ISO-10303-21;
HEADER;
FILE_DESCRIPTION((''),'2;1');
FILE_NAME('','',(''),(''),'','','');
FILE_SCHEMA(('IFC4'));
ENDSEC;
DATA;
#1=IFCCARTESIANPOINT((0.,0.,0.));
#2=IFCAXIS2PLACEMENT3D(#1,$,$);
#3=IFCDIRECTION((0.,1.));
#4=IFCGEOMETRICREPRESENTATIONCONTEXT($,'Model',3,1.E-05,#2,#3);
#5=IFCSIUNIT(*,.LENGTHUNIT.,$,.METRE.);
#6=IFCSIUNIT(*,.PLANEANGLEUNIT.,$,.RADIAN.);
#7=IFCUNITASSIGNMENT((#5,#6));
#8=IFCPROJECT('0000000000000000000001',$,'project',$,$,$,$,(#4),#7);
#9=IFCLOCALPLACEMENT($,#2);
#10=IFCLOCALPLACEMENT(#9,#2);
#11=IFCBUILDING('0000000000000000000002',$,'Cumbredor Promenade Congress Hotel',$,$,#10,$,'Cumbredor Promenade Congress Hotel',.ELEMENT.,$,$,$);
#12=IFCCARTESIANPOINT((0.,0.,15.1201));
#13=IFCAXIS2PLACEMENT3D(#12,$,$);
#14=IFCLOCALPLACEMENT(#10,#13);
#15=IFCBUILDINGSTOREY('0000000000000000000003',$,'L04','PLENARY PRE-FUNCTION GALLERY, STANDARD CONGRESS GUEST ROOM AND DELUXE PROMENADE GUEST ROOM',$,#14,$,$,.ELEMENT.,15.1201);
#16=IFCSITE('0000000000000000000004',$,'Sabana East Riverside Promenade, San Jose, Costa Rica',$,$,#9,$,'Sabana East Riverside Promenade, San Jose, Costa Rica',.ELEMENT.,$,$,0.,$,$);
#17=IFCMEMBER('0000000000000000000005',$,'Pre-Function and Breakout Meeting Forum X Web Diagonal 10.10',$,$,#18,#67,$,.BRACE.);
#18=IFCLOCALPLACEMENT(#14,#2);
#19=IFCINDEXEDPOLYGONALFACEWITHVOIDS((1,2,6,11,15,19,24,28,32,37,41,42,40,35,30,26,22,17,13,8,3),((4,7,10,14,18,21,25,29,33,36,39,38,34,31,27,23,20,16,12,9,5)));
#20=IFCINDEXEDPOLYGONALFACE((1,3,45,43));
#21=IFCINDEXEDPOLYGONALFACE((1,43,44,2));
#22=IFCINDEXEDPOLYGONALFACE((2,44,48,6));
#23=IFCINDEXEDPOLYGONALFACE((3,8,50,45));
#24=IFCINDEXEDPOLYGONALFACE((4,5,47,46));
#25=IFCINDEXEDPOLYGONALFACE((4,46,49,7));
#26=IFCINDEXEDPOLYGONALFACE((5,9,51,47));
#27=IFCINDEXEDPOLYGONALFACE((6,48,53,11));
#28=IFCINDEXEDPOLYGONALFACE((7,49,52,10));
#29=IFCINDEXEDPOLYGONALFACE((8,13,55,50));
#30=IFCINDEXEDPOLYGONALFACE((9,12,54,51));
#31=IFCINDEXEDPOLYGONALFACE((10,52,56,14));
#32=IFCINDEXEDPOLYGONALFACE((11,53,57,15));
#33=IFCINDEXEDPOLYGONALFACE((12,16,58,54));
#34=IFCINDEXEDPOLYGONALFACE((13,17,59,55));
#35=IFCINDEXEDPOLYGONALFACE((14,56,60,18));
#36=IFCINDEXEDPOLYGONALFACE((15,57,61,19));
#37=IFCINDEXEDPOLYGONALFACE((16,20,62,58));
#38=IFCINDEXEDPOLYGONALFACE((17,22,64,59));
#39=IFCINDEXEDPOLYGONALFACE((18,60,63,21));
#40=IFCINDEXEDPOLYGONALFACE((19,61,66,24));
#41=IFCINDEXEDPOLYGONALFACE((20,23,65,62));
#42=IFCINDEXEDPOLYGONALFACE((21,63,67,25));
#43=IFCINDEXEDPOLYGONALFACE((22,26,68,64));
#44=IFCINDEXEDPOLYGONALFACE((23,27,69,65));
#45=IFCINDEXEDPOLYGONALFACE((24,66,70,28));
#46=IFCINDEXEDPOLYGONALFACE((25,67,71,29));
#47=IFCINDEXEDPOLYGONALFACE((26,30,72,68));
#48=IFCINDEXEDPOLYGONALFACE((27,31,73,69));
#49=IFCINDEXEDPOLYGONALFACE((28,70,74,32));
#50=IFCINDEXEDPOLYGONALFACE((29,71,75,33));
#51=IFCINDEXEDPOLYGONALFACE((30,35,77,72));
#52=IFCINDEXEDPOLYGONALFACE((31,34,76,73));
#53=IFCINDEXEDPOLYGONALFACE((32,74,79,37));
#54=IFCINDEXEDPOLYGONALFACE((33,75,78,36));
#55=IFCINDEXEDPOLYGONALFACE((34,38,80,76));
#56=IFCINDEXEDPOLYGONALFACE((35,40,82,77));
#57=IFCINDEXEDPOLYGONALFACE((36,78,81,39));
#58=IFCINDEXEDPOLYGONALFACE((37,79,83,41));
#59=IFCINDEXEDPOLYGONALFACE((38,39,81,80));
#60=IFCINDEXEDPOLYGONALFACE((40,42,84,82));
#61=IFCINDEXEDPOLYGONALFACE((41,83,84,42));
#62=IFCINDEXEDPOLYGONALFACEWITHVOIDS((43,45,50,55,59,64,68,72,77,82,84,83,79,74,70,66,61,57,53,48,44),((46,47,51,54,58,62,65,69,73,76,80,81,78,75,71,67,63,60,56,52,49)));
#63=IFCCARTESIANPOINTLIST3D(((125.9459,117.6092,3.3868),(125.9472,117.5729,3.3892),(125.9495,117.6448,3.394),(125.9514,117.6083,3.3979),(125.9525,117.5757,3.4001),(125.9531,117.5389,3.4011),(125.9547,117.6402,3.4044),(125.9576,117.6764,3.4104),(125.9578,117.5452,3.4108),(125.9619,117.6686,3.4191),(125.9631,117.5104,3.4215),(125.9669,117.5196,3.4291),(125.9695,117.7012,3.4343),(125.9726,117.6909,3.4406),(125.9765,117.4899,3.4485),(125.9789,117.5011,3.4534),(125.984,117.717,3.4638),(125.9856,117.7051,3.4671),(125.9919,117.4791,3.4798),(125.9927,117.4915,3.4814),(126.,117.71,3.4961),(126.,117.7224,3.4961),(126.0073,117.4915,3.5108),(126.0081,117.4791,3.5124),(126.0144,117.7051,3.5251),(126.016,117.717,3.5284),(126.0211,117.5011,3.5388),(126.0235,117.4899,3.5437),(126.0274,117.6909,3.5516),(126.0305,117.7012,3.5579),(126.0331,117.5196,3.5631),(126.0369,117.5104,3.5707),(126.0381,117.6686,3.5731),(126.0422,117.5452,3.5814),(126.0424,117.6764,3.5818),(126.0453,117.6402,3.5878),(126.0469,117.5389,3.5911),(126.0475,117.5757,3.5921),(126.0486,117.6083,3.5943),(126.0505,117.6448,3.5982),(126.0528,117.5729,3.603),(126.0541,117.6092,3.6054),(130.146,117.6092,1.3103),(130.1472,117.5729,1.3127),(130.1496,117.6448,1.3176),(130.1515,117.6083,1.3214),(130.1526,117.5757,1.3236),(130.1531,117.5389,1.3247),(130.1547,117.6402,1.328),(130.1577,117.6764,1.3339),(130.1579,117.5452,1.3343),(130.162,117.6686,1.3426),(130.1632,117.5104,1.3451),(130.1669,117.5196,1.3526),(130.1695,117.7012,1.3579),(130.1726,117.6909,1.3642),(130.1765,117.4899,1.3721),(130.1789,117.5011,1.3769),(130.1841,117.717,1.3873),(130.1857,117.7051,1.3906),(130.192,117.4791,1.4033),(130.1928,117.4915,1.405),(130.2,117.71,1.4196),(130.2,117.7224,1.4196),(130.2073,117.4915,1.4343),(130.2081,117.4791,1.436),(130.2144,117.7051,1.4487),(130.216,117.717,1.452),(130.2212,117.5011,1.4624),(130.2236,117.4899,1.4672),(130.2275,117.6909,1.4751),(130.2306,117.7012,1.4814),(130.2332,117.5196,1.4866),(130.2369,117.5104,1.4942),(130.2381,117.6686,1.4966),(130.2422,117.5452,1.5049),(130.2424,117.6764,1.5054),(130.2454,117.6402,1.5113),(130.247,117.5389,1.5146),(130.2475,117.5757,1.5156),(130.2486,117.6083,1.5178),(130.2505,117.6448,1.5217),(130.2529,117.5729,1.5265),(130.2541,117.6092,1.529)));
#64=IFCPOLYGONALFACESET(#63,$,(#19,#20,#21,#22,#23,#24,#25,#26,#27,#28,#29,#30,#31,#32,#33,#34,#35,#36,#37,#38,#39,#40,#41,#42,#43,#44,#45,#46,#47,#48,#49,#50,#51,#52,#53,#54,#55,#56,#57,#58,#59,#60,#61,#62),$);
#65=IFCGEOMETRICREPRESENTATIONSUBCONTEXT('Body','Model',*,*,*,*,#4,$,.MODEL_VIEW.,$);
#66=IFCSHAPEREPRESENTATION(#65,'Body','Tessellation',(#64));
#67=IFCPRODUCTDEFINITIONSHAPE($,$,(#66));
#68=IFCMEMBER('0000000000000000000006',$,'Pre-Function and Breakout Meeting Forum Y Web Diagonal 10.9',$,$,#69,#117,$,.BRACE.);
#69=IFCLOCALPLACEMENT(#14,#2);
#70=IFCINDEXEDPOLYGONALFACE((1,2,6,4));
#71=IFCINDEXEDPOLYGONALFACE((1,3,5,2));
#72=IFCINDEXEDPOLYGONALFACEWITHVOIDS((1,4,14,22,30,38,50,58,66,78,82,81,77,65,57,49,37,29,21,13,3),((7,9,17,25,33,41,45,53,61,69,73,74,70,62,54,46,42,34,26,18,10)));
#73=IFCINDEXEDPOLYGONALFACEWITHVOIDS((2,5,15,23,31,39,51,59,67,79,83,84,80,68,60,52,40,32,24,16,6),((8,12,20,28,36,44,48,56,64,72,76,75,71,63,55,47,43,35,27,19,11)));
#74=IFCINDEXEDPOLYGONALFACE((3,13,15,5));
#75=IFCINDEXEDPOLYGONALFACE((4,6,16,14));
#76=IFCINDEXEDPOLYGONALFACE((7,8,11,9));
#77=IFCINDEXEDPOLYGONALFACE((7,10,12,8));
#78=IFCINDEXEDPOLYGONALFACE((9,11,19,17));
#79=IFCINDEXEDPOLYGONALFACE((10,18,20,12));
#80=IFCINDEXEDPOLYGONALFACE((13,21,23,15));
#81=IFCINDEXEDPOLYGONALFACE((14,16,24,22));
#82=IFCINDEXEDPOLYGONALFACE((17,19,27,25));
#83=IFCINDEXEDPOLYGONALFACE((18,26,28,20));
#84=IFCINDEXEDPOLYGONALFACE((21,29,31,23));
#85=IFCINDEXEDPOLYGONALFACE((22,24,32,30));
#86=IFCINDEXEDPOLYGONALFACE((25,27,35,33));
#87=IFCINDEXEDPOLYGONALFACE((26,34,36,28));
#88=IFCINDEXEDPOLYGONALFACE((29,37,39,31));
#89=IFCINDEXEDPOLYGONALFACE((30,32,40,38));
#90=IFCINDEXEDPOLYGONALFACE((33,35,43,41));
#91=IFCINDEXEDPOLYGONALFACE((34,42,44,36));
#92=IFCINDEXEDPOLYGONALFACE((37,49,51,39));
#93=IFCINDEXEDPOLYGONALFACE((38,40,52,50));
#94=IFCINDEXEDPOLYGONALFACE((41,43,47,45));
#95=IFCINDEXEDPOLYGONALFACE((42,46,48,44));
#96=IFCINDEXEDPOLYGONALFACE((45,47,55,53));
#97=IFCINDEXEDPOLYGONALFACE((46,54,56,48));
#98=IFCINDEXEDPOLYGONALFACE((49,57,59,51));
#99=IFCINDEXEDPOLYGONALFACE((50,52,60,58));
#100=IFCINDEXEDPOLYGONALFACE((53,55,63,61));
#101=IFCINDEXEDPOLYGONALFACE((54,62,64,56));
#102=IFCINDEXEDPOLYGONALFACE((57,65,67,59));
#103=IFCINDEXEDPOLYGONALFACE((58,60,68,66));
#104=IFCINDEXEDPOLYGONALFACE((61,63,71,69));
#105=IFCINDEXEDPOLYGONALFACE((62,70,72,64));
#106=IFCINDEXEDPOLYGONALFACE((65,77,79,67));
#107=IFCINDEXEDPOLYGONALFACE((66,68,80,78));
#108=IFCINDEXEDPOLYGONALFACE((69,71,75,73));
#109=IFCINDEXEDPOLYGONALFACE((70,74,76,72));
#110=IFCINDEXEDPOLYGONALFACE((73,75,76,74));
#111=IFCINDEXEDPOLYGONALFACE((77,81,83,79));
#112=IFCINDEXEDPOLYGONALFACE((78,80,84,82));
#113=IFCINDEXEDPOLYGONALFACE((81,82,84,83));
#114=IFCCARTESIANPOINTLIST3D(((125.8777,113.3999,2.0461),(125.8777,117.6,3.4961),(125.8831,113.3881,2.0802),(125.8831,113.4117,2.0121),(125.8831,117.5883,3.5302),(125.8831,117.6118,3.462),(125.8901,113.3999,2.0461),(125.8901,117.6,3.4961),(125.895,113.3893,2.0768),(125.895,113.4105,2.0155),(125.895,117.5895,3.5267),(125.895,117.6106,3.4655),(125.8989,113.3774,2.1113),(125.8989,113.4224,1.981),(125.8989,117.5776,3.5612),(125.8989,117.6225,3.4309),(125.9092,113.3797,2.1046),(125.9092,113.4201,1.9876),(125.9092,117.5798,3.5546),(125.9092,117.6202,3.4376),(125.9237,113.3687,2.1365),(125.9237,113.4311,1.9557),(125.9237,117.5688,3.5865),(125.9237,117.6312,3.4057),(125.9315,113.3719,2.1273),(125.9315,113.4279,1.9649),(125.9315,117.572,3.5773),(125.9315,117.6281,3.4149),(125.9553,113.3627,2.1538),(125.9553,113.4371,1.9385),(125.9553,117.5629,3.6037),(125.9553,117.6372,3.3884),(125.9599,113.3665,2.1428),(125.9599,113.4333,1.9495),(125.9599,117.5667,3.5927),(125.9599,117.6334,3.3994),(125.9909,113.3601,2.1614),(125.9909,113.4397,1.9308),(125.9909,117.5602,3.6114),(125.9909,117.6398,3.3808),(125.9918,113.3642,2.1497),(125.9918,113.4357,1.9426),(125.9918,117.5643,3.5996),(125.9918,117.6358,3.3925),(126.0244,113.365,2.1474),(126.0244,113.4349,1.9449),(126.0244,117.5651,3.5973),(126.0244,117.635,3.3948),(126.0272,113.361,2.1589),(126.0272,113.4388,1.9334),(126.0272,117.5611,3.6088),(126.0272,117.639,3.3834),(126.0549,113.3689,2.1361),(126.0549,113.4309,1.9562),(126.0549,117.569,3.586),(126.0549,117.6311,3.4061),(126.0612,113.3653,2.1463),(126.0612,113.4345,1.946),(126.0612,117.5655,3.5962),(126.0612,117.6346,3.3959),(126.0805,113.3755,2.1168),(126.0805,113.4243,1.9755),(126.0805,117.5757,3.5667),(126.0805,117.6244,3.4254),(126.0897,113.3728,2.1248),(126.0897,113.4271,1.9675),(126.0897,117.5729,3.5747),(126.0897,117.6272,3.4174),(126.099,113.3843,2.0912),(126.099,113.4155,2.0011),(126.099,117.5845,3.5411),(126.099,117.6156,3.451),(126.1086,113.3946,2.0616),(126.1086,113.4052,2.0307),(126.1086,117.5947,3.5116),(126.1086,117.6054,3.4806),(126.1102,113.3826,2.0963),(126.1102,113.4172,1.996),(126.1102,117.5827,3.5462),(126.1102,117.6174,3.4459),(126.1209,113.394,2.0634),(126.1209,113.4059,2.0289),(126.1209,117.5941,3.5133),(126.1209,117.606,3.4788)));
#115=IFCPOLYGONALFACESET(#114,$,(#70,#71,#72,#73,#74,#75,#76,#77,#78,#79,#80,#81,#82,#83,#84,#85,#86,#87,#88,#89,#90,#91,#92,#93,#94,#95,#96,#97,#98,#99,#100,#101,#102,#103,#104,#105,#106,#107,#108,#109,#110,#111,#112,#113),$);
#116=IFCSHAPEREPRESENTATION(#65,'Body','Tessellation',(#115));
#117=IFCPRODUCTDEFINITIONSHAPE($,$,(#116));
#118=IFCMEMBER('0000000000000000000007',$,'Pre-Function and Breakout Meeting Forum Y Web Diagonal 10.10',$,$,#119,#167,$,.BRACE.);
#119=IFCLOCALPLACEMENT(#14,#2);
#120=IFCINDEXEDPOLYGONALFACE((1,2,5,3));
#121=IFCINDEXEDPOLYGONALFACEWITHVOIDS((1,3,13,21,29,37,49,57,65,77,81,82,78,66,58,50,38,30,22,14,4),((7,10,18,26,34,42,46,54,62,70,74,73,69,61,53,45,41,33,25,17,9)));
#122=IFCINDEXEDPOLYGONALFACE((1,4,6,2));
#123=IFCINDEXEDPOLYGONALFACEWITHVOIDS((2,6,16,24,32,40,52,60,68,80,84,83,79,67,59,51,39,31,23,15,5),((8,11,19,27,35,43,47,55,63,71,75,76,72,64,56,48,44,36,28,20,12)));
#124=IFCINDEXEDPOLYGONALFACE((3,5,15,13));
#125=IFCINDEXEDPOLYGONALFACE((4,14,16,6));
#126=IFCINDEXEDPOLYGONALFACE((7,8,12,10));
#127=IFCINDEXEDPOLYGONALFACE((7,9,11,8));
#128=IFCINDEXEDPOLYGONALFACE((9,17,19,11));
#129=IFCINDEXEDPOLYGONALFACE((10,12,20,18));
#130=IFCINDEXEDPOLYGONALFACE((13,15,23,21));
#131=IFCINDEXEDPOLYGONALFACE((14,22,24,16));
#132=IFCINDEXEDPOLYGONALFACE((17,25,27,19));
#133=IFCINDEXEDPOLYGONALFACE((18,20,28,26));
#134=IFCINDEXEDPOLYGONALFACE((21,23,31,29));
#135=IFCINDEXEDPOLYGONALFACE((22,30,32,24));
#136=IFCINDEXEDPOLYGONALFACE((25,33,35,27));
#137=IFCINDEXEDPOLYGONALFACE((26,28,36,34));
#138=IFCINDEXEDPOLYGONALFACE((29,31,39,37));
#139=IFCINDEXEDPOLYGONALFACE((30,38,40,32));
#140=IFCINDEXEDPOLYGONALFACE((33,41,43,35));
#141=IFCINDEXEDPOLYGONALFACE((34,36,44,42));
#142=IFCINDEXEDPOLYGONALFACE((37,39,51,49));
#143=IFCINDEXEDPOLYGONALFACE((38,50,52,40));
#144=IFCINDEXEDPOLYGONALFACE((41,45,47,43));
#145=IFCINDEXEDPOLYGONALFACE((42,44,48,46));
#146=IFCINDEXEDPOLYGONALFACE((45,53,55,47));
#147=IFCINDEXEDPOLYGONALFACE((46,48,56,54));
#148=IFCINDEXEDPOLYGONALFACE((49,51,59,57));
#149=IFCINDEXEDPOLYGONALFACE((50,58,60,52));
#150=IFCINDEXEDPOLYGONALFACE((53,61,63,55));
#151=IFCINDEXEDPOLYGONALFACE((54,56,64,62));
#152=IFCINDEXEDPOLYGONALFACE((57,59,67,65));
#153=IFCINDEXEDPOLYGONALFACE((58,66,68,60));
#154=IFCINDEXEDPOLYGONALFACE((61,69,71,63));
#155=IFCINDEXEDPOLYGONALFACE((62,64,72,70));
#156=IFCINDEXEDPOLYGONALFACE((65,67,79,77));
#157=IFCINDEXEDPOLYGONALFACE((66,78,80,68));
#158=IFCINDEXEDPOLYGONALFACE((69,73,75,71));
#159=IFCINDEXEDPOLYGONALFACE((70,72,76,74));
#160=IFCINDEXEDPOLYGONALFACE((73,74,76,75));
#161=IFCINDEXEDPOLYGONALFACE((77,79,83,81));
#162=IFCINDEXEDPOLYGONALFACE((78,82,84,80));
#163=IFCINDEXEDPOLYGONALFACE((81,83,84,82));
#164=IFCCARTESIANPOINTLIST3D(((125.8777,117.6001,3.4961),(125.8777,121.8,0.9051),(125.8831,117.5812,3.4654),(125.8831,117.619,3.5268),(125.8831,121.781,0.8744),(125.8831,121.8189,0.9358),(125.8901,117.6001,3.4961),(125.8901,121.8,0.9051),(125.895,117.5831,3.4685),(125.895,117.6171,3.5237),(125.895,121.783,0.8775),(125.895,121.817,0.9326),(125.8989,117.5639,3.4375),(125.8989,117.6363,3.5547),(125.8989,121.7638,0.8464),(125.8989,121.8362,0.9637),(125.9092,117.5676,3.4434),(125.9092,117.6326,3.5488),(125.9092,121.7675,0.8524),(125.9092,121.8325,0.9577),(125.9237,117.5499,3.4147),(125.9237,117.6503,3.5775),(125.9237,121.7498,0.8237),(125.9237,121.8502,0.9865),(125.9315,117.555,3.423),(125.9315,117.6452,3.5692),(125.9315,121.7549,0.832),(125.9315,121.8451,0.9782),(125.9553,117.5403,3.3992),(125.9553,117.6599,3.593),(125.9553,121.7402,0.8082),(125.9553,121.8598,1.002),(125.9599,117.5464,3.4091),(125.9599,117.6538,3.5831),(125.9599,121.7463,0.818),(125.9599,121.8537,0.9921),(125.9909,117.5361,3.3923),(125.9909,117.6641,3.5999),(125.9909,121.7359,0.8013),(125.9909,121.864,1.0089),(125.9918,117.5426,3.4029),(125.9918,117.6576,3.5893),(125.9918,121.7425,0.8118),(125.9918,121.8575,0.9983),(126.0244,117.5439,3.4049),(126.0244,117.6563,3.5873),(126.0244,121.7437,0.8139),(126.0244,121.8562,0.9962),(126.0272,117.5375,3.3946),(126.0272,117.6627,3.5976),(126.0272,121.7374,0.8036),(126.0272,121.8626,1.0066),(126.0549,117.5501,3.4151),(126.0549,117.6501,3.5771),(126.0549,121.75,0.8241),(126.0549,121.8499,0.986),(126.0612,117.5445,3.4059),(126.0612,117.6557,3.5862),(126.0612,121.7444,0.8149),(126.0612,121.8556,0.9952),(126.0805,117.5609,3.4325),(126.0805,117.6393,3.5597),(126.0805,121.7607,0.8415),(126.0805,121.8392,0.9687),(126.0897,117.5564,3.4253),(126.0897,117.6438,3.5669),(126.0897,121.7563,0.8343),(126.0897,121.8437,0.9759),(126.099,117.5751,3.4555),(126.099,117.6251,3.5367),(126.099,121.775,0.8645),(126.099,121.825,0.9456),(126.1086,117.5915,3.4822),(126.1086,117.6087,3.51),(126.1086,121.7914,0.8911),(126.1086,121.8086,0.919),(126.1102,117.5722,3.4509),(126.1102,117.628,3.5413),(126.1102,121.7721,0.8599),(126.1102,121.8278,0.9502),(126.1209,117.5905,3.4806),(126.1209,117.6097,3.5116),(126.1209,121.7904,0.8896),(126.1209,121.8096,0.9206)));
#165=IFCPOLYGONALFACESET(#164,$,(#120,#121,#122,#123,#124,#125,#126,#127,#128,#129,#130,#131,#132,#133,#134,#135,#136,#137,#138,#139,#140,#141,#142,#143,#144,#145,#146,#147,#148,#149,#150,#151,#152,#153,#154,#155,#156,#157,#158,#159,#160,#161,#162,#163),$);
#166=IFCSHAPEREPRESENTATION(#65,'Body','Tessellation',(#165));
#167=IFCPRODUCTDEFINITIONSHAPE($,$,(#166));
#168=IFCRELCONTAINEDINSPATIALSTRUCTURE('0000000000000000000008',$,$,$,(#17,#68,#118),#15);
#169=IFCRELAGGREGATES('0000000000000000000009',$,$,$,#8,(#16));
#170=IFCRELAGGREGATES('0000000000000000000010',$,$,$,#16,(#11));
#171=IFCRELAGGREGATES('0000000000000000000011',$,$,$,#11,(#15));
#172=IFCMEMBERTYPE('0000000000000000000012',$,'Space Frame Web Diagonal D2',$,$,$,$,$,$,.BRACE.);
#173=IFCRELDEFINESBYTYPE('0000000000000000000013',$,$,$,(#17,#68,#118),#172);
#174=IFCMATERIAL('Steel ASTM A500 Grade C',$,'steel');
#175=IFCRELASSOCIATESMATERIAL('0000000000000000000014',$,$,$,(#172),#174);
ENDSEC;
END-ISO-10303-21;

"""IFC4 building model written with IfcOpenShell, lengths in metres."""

from ifc_helpers import new_model, si_unit, direction, frame, origin, origin_2d, place, context, subcontext, project, spatial, hollow_circle, extrude, material, material_profile, profile_set, type_object, element, save


model = new_model("IFC4")

# Units and contexts
model_context = context("Model", 3, precision=1e-05, world=origin(), true_north=direction((0.0, 1.0)))
body_context = subcontext(model_context, "Body", "Model", "MODEL_VIEW")
ifc_project = project(units=[si_unit("LENGTHUNIT", "METRE"), si_unit("PLANEANGLEUNIT", "RADIAN")], contexts=[model_context])

# Site, building, storey
site_placement = place(None, origin())
site = spatial("IfcSite", under=ifc_project, at=site_placement, Name="Sabana East Riverside Promenade, San Jose, Costa Rica", LongName="Sabana East Riverside Promenade, San Jose, Costa Rica", CompositionType="ELEMENT", RefElevation=0.0)
building_placement = place(site_placement, origin())
building = spatial("IfcBuilding", under=site, at=building_placement, Name="Cumbredor Promenade Congress Hotel", LongName="Cumbredor Promenade Congress Hotel", CompositionType="ELEMENT")
storey_placement = place(building_placement, frame((0.0, 0.0, 15.1201)))
storey = spatial("IfcBuildingStorey", under=building, at=storey_placement, Name="L04", Description="PLENARY PRE-FUNCTION GALLERY, STANDARD CONGRESS GUEST ROOM AND DELUXE PROMENADE GUEST ROOM", CompositionType="ELEMENT", Elevation=15.1201)

# Members
ifc_material_1 = material(Name="Steel ASTM A500 Grade C", Category="steel")
ifc_material_profile_1 = material_profile(ifc_material_1, hollow_circle(Radius=0.1223, WallThickness=0.0125, at=origin_2d()), Name="CHS 244.5x12.5")
ifc_profile_set_1 = profile_set([ifc_material_profile_1], Name="Steel ASTM A500 Grade C")
member_type_1 = type_object("IfcMemberType", Name="Space Frame Web Diagonal D2", PredefinedType="BRACE", material=ifc_profile_set_1)
member_1_placement = place(storey_placement, frame((126.0, 117.6001, 3.4961), z_axis=(0.89643, 0.0, -0.443186), x_axis=(0.0, 1.0, 0.0)))
element("IfcMember", 1, at=member_1_placement, inside=storey, type_object=member_type_1, Name="Pre-Function and Breakout Meeting Forum X Web Diagonal 10.10", PredefinedType="BRACE", context=body_context, shape_type="SweptSolid", body=[
    extrude(hollow_circle(Radius=0.1223, WallThickness=0.0125, at=origin_2d()), origin(), (0.0, 0.0, 1.0), 4.6853),
])
member_2_placement = place(storey_placement, frame((126.0, 113.3999, 2.0461), z_axis=(0.0, 0.945261, 0.326314), x_axis=(-1.0, 0.0, 0.0)))
element("IfcMember", 2, at=member_2_placement, inside=storey, type_object=member_type_1, Name="Pre-Function and Breakout Meeting Forum Y Web Diagonal 10.9", PredefinedType="BRACE", context=body_context, shape_type="SweptSolid", body=[
    extrude(hollow_circle(Radius=0.1223, WallThickness=0.0125, at=origin_2d()), origin(), (0.0, 0.0, 1.0), 4.4434),
])
member_3_placement = place(storey_placement, frame((126.0, 117.6001, 3.4961), z_axis=(0.0, 0.851072, -0.525049), x_axis=(-1.0, 0.0, 0.0)))
element("IfcMember", 3, at=member_3_placement, inside=storey, type_object=member_type_1, Name="Pre-Function and Breakout Meeting Forum Y Web Diagonal 10.10", PredefinedType="BRACE", context=body_context, shape_type="SweptSolid", body=[
    extrude(hollow_circle(Radius=0.1223, WallThickness=0.0125, at=origin_2d()), origin(), (0.0, 0.0, 1.0), 4.9348),
])

save(model, "model.ifc")
